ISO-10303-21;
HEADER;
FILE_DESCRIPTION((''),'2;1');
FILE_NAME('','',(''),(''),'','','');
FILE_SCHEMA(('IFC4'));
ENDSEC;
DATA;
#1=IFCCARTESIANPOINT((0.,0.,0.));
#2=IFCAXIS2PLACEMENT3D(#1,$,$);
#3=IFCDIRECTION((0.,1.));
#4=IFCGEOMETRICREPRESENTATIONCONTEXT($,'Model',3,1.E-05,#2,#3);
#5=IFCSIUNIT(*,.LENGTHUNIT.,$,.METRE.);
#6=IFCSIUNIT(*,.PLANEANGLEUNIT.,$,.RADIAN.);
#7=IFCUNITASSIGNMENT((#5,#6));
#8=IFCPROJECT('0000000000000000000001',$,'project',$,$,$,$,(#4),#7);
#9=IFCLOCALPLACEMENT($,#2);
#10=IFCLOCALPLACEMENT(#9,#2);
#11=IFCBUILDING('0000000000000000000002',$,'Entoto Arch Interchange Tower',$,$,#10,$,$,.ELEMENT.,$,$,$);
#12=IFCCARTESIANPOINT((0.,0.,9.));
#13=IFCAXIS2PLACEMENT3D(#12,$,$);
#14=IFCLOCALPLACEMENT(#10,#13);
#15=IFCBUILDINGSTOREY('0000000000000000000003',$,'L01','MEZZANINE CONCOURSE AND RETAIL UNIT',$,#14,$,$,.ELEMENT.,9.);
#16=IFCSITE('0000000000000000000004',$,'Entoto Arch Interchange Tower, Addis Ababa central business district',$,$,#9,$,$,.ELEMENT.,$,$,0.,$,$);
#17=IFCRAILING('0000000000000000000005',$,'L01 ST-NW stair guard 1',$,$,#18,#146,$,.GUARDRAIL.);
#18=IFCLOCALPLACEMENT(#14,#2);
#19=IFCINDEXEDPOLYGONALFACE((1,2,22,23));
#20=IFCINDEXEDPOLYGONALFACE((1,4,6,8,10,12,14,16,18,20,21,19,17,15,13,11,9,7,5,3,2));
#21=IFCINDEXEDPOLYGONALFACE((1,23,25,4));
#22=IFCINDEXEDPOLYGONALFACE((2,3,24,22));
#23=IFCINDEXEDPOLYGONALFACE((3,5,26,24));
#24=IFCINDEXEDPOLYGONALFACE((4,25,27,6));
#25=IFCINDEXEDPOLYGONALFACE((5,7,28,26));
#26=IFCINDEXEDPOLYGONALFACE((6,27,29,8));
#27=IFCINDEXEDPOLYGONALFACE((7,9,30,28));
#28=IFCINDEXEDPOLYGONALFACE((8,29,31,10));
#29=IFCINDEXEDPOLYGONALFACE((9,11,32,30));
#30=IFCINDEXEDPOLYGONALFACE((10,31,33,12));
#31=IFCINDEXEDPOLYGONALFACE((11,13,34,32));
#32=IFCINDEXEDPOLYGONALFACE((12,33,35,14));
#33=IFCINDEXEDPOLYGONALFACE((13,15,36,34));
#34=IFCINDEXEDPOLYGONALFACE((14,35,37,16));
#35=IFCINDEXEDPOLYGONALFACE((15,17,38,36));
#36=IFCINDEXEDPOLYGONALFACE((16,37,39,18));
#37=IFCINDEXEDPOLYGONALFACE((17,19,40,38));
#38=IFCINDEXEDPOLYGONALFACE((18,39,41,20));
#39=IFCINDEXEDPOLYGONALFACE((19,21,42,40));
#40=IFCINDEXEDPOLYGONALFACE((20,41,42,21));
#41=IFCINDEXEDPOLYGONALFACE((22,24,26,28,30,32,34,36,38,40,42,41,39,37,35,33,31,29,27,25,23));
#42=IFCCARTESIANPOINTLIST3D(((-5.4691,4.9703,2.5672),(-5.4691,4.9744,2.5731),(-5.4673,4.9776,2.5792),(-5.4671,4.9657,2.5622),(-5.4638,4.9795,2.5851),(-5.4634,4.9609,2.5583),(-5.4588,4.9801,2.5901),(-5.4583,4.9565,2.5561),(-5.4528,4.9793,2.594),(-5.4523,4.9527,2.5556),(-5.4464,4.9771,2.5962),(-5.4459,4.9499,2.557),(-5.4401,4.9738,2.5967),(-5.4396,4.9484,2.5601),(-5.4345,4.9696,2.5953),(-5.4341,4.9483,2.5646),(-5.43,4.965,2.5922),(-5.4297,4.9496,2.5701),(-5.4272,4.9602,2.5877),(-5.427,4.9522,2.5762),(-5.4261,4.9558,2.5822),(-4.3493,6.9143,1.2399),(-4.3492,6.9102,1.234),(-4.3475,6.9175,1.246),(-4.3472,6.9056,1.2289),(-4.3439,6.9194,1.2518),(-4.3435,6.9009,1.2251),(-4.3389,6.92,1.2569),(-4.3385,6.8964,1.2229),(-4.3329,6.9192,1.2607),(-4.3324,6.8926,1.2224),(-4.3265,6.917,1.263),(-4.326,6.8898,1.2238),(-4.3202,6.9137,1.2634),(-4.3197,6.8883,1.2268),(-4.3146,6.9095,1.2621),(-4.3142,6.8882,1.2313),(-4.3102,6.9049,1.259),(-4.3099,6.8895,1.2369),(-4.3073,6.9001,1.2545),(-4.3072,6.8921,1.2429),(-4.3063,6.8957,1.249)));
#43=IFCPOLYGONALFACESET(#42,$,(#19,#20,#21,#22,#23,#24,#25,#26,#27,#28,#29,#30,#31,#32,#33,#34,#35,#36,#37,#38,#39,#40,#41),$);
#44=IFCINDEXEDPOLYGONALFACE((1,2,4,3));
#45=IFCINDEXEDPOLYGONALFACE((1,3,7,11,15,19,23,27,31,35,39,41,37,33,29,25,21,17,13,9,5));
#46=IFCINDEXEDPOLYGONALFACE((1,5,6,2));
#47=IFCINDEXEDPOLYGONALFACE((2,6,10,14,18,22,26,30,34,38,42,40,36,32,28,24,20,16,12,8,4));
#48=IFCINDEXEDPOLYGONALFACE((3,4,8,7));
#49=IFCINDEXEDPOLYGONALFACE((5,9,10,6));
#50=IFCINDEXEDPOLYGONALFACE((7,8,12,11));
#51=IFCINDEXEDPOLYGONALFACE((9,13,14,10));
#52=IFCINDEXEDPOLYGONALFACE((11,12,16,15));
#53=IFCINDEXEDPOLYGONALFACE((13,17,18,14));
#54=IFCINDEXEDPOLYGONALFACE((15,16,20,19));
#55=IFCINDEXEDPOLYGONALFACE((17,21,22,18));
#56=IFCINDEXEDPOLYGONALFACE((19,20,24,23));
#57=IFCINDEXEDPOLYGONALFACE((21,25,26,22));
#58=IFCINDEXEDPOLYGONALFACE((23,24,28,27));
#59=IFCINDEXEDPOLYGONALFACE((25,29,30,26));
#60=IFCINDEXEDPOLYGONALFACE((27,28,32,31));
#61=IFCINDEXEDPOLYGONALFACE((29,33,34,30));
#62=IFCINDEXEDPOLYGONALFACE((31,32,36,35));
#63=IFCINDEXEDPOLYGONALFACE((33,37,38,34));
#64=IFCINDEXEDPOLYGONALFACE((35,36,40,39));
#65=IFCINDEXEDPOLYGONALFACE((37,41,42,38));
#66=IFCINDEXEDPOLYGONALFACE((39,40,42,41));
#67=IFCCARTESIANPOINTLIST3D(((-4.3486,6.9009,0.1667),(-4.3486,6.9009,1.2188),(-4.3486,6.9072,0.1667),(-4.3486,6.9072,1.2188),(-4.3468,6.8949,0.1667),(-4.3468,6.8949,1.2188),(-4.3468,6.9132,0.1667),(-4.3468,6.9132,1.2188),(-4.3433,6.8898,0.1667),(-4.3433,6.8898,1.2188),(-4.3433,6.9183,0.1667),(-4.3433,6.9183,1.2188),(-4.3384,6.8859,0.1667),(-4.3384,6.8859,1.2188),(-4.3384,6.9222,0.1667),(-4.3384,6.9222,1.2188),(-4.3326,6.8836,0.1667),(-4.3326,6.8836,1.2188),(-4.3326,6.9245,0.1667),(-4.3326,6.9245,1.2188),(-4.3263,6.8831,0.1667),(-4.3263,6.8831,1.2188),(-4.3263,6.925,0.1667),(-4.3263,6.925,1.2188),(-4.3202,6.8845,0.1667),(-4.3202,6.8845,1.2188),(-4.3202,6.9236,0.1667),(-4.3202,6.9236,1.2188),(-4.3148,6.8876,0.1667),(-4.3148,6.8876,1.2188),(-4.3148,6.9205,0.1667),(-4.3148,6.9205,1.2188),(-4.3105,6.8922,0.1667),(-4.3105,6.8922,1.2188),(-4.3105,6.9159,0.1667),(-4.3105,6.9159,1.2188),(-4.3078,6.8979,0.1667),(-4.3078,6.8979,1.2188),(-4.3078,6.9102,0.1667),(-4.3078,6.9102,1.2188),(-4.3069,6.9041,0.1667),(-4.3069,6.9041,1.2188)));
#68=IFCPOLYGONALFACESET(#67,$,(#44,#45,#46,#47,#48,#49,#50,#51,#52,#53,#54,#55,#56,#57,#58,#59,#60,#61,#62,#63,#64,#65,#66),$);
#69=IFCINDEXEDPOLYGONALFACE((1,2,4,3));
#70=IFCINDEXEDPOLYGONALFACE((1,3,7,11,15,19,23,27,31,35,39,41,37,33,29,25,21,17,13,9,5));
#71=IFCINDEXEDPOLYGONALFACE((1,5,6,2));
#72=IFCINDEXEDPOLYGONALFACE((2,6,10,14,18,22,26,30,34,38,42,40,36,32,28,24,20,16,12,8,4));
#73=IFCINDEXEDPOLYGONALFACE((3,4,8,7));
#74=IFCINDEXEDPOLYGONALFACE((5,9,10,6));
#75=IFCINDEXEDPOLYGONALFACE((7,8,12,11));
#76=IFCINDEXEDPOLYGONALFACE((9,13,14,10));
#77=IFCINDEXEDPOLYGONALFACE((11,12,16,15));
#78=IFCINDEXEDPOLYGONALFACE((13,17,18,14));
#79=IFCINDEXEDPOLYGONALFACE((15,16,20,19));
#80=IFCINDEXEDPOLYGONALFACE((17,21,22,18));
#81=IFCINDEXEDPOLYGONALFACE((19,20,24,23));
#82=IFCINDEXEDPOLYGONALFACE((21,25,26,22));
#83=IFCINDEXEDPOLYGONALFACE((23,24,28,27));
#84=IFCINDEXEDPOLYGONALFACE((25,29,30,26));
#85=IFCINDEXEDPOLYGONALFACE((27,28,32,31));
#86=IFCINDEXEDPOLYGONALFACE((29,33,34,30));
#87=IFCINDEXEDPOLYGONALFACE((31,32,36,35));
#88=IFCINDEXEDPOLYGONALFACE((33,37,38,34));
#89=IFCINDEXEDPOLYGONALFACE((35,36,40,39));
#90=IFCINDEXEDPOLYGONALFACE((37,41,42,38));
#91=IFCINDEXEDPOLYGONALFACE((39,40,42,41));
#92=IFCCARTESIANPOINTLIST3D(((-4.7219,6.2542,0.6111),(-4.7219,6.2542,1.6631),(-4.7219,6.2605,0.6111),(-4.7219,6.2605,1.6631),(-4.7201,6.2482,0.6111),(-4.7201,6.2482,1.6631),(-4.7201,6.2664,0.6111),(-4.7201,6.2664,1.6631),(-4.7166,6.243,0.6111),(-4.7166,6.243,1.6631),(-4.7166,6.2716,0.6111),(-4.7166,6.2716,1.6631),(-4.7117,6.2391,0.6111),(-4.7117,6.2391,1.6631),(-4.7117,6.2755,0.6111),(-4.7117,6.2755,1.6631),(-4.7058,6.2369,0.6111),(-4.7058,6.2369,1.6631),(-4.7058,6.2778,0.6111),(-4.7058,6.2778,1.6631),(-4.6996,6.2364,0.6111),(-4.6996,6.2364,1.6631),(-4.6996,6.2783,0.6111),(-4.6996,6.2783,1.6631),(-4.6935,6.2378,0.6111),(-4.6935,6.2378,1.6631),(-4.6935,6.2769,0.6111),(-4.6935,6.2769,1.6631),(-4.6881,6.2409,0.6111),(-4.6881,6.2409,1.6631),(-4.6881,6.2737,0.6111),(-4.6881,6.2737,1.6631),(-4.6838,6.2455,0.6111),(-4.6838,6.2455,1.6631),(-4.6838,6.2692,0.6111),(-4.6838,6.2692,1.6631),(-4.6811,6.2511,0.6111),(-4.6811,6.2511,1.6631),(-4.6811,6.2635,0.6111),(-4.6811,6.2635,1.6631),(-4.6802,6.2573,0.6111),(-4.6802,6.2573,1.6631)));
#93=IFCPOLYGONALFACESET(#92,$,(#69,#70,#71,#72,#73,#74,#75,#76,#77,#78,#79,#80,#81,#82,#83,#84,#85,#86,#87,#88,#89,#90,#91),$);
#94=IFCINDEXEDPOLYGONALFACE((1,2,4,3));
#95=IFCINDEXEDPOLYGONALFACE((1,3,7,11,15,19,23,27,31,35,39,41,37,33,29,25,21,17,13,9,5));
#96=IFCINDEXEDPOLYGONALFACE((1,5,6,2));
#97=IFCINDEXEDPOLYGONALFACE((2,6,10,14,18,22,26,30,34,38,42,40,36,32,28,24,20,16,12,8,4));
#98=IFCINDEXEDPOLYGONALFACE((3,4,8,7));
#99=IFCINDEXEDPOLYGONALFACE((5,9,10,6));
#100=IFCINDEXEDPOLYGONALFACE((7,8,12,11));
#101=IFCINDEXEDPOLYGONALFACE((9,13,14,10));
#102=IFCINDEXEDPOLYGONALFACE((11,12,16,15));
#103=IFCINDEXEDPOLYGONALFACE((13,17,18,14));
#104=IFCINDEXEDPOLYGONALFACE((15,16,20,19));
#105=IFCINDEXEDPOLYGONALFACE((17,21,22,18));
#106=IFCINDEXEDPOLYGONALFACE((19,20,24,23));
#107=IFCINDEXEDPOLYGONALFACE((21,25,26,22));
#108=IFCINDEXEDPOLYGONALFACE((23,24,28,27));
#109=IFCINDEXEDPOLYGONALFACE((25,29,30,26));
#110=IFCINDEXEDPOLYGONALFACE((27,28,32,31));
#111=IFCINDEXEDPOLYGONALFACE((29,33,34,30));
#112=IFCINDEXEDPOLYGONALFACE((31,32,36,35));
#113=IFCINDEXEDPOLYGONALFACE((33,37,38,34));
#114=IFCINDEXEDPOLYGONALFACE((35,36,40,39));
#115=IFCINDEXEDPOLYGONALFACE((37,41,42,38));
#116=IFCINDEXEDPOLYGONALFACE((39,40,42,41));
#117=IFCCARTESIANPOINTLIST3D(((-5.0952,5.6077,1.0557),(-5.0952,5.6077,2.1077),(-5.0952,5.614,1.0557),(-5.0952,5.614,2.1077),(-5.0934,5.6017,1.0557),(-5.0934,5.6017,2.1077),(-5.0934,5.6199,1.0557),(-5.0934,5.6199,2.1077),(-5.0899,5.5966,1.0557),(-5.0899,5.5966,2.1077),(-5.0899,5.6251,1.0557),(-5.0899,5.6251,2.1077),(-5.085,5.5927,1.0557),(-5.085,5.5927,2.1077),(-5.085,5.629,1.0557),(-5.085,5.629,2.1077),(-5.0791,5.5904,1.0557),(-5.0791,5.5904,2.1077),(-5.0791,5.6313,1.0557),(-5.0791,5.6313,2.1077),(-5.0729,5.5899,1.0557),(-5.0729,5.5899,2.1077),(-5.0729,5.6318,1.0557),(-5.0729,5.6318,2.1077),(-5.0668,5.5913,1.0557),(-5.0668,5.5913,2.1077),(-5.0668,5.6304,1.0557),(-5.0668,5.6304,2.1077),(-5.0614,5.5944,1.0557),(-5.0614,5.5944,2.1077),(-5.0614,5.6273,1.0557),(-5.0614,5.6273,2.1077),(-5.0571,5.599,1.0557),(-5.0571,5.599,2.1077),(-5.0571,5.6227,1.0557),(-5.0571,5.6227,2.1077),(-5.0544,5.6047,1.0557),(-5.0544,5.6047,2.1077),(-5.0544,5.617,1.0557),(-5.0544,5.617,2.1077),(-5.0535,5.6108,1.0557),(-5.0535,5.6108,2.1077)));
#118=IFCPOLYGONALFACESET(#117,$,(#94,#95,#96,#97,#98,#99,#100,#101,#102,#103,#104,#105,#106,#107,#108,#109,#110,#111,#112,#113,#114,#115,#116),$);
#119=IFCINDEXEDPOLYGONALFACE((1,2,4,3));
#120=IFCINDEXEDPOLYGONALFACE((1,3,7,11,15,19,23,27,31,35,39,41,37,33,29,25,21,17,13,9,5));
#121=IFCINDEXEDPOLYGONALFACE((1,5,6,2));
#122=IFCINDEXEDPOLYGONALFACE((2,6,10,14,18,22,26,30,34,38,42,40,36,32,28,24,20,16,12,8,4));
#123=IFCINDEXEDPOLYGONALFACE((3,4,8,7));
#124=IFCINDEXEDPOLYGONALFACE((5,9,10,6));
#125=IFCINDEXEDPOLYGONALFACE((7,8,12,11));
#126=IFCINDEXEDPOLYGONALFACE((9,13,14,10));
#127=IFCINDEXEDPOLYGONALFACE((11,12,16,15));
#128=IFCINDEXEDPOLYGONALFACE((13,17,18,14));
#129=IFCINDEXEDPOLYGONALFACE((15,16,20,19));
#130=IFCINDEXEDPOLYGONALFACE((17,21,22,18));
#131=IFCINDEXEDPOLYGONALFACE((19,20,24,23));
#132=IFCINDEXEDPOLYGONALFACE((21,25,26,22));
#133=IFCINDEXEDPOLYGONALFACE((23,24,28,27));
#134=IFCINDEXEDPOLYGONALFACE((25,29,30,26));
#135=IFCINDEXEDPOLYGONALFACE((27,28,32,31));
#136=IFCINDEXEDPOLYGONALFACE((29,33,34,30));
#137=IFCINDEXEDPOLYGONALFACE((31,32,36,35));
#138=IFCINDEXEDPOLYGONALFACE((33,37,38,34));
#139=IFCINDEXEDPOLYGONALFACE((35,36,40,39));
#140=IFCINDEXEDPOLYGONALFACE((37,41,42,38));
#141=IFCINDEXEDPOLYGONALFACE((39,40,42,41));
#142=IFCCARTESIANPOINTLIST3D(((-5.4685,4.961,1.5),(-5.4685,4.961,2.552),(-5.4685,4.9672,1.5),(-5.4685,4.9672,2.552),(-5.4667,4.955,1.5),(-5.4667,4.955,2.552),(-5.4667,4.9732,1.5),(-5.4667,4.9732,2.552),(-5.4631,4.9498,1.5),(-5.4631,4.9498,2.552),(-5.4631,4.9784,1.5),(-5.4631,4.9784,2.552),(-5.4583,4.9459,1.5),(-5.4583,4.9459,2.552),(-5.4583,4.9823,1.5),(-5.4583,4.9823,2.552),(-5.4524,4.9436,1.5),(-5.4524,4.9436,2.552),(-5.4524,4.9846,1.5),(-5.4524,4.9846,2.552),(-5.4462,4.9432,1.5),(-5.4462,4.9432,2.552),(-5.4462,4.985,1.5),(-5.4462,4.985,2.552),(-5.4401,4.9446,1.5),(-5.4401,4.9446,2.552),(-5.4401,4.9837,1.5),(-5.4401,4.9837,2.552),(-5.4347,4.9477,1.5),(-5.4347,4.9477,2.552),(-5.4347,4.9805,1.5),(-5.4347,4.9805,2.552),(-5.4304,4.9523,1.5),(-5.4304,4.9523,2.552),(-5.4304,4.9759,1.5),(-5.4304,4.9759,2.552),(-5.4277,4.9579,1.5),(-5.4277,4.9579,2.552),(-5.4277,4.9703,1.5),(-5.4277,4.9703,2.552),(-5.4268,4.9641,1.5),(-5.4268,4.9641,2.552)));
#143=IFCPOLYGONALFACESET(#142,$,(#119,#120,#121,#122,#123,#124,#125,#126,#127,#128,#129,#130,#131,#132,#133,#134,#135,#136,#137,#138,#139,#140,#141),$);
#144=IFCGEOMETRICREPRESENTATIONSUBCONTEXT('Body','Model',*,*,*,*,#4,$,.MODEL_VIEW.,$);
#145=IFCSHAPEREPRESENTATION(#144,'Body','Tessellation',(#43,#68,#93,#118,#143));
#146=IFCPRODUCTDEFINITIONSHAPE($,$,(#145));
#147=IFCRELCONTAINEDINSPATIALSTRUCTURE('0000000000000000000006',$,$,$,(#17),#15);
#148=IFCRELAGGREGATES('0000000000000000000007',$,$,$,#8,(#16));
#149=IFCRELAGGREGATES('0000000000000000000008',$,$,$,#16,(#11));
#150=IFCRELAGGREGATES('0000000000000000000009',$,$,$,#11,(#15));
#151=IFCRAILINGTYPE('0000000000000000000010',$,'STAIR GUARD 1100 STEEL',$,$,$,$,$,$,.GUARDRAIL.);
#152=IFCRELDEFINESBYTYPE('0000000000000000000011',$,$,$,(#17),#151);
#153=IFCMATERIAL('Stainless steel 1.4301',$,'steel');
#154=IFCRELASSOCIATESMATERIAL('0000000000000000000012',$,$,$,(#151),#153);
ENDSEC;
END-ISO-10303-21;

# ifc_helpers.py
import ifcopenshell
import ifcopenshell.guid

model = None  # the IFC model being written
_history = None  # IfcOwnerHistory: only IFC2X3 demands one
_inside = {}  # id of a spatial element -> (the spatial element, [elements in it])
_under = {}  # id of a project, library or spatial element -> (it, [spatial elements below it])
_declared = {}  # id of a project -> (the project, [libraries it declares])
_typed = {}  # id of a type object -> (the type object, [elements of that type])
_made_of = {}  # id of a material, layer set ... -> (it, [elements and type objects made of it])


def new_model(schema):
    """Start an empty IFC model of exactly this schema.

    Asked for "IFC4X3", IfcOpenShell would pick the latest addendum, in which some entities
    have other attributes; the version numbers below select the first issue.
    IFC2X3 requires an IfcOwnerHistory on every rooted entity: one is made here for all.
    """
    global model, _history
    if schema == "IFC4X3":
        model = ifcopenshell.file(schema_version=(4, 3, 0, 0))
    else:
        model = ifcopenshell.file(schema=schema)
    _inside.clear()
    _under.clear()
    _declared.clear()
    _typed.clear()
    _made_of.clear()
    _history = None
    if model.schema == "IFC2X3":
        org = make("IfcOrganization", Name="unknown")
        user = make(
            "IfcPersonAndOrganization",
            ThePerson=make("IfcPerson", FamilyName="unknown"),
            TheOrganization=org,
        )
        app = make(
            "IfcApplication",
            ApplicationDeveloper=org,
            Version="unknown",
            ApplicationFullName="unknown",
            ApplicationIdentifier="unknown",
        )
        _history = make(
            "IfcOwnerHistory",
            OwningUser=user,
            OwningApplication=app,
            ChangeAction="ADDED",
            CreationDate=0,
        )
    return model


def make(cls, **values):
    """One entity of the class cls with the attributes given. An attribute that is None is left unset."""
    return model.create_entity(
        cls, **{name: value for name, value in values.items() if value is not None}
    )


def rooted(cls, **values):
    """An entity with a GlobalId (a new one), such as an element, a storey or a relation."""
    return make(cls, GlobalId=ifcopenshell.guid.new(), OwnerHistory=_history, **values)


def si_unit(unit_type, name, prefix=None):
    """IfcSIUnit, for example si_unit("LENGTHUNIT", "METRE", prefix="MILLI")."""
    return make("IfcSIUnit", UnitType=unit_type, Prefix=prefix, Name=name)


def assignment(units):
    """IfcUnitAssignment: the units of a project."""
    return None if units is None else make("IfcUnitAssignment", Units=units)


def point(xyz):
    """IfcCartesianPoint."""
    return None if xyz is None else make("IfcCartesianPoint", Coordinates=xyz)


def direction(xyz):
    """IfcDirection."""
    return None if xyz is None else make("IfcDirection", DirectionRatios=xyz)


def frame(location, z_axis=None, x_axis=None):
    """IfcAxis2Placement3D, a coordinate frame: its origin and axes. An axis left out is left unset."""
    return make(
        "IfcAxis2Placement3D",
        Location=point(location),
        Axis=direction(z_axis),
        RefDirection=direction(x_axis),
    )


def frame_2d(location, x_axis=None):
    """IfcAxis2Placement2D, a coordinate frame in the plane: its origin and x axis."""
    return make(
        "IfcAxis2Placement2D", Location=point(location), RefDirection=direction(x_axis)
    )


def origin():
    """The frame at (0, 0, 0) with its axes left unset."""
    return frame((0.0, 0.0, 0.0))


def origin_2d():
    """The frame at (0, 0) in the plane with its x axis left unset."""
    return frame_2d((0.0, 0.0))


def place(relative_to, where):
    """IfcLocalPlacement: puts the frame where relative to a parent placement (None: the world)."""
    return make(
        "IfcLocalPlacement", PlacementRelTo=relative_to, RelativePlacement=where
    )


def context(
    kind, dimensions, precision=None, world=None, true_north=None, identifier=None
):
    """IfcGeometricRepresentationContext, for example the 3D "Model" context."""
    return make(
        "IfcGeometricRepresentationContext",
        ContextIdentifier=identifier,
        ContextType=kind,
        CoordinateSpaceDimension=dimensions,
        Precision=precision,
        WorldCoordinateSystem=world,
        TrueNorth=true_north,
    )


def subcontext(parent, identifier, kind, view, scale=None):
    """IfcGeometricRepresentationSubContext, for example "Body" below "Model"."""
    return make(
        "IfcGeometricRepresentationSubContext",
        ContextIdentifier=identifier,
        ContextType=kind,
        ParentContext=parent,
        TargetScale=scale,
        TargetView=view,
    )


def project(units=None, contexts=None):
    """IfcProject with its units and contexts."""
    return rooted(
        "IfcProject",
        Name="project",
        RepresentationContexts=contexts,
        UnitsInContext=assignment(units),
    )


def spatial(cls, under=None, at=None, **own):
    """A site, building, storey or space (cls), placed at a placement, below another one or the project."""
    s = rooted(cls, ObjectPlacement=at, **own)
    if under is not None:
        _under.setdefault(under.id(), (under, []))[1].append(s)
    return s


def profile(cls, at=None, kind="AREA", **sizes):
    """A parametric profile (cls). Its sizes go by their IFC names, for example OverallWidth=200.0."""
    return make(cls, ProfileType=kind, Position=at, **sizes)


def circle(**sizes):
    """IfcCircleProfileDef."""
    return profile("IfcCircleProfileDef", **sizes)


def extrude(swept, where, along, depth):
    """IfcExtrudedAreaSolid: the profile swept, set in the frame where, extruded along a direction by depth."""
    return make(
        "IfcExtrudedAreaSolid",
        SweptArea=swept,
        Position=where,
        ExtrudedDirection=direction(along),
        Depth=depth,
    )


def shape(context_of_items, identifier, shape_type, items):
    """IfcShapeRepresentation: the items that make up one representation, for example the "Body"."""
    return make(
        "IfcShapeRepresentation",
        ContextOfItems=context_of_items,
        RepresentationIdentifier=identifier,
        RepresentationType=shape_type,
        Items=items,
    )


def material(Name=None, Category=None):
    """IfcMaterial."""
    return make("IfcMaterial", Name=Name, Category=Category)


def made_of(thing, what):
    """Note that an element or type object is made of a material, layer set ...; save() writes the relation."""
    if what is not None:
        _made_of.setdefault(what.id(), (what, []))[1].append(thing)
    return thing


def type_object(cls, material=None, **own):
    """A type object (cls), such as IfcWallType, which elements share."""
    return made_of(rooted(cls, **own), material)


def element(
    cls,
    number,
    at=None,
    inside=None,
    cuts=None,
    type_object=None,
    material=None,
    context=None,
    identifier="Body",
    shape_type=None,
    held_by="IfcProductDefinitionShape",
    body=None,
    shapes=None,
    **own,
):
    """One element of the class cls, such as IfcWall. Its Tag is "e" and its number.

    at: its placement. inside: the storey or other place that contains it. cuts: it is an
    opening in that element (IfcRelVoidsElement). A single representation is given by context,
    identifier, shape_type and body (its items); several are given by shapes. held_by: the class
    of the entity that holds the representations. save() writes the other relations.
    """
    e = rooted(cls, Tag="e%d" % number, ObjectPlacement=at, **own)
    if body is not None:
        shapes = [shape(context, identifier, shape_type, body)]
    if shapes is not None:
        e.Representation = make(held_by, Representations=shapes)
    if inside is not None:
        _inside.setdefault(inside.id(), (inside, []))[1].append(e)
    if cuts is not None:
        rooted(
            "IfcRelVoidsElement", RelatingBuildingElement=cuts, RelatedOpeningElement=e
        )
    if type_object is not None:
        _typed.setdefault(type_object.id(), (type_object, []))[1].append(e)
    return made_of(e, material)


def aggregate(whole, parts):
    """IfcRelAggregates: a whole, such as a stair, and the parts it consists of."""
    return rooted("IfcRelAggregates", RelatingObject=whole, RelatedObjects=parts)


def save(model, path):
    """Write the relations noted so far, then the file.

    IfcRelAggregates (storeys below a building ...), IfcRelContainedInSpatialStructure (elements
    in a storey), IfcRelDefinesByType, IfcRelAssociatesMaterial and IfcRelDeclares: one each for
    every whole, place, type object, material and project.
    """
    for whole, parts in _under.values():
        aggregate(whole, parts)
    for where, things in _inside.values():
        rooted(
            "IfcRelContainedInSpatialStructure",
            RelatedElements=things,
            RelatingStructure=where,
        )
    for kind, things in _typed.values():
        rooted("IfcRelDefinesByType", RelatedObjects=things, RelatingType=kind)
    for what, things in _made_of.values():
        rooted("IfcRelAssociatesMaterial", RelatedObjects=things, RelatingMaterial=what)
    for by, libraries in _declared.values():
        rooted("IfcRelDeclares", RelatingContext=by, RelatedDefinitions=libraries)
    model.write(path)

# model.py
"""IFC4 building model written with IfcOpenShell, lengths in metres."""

from ifc_helpers import new_model, si_unit, direction, frame, origin, origin_2d, place, context, subcontext, project, spatial, circle, extrude, material, type_object, element, save


model = new_model("IFC4")

# Units and contexts
model_context = context("Model", 3, precision=1e-05, world=origin(), true_north=direction((0.0, 1.0)))
body_context = subcontext(model_context, "Body", "Model", "MODEL_VIEW")
ifc_project = project(units=[si_unit("LENGTHUNIT", "METRE"), si_unit("PLANEANGLEUNIT", "RADIAN")], contexts=[model_context])

# Site, building, storey
site_placement = place(None, origin())
site = spatial("IfcSite", under=ifc_project, at=site_placement, Name="Entoto Arch Interchange Tower, Addis Ababa central business district", CompositionType="ELEMENT", RefElevation=0.0)
building_placement = place(site_placement, origin())
building = spatial("IfcBuilding", under=site, at=building_placement, Name="Entoto Arch Interchange Tower", CompositionType="ELEMENT")
storey_placement = place(building_placement, frame((0.0, 0.0, 9.0)))
storey = spatial("IfcBuildingStorey", under=building, at=storey_placement, Name="L01", Description="MEZZANINE CONCOURSE AND RETAIL UNIT", CompositionType="ELEMENT", Elevation=9.0)

# Railing
ifc_material_1 = material(Name="Stainless steel 1.4301", Category="steel")
railing_type = type_object("IfcRailingType", Name="STAIR GUARD 1100 STEEL", PredefinedType="GUARDRAIL", material=ifc_material_1)
railing_1_placement = place(storey_placement, frame((-4.3279, 6.9041, 0.1667)))
element("IfcRailing", 1, at=railing_1_placement, inside=storey, type_object=railing_type, Name="L01 ST-NW stair guard 1", PredefinedType="GUARDRAIL", context=body_context, shape_type="SweptSolid", body=[
    extrude(circle(Radius=0.0239, at=origin_2d()), frame((0.0, 0.0, 1.0762), z_axis=(-0.429608, -0.744205, 0.511465), x_axis=(0.866055, -0.499949, 0.0)), (0.0, 0.0, 1.0), 2.6067),
    extrude(circle(Radius=0.021, at=origin_2d()), origin(), (0.0, 0.0, 1.0), 1.052),
    extrude(circle(Radius=0.021, at=origin_2d()), frame((-0.3733, -0.6467, 0.4443)), (0.0, 0.0, 1.0), 1.052),
    extrude(circle(Radius=0.021, at=origin_2d()), frame((-0.7466, -1.2932, 0.8889)), (0.0, 0.0, 1.0), 1.052),
    extrude(circle(Radius=0.021, at=origin_2d()), frame((-1.1199, -1.9399, 1.3333)), (0.0, 0.0, 1.0), 1.052),
])

save(model, "model.ifc")
